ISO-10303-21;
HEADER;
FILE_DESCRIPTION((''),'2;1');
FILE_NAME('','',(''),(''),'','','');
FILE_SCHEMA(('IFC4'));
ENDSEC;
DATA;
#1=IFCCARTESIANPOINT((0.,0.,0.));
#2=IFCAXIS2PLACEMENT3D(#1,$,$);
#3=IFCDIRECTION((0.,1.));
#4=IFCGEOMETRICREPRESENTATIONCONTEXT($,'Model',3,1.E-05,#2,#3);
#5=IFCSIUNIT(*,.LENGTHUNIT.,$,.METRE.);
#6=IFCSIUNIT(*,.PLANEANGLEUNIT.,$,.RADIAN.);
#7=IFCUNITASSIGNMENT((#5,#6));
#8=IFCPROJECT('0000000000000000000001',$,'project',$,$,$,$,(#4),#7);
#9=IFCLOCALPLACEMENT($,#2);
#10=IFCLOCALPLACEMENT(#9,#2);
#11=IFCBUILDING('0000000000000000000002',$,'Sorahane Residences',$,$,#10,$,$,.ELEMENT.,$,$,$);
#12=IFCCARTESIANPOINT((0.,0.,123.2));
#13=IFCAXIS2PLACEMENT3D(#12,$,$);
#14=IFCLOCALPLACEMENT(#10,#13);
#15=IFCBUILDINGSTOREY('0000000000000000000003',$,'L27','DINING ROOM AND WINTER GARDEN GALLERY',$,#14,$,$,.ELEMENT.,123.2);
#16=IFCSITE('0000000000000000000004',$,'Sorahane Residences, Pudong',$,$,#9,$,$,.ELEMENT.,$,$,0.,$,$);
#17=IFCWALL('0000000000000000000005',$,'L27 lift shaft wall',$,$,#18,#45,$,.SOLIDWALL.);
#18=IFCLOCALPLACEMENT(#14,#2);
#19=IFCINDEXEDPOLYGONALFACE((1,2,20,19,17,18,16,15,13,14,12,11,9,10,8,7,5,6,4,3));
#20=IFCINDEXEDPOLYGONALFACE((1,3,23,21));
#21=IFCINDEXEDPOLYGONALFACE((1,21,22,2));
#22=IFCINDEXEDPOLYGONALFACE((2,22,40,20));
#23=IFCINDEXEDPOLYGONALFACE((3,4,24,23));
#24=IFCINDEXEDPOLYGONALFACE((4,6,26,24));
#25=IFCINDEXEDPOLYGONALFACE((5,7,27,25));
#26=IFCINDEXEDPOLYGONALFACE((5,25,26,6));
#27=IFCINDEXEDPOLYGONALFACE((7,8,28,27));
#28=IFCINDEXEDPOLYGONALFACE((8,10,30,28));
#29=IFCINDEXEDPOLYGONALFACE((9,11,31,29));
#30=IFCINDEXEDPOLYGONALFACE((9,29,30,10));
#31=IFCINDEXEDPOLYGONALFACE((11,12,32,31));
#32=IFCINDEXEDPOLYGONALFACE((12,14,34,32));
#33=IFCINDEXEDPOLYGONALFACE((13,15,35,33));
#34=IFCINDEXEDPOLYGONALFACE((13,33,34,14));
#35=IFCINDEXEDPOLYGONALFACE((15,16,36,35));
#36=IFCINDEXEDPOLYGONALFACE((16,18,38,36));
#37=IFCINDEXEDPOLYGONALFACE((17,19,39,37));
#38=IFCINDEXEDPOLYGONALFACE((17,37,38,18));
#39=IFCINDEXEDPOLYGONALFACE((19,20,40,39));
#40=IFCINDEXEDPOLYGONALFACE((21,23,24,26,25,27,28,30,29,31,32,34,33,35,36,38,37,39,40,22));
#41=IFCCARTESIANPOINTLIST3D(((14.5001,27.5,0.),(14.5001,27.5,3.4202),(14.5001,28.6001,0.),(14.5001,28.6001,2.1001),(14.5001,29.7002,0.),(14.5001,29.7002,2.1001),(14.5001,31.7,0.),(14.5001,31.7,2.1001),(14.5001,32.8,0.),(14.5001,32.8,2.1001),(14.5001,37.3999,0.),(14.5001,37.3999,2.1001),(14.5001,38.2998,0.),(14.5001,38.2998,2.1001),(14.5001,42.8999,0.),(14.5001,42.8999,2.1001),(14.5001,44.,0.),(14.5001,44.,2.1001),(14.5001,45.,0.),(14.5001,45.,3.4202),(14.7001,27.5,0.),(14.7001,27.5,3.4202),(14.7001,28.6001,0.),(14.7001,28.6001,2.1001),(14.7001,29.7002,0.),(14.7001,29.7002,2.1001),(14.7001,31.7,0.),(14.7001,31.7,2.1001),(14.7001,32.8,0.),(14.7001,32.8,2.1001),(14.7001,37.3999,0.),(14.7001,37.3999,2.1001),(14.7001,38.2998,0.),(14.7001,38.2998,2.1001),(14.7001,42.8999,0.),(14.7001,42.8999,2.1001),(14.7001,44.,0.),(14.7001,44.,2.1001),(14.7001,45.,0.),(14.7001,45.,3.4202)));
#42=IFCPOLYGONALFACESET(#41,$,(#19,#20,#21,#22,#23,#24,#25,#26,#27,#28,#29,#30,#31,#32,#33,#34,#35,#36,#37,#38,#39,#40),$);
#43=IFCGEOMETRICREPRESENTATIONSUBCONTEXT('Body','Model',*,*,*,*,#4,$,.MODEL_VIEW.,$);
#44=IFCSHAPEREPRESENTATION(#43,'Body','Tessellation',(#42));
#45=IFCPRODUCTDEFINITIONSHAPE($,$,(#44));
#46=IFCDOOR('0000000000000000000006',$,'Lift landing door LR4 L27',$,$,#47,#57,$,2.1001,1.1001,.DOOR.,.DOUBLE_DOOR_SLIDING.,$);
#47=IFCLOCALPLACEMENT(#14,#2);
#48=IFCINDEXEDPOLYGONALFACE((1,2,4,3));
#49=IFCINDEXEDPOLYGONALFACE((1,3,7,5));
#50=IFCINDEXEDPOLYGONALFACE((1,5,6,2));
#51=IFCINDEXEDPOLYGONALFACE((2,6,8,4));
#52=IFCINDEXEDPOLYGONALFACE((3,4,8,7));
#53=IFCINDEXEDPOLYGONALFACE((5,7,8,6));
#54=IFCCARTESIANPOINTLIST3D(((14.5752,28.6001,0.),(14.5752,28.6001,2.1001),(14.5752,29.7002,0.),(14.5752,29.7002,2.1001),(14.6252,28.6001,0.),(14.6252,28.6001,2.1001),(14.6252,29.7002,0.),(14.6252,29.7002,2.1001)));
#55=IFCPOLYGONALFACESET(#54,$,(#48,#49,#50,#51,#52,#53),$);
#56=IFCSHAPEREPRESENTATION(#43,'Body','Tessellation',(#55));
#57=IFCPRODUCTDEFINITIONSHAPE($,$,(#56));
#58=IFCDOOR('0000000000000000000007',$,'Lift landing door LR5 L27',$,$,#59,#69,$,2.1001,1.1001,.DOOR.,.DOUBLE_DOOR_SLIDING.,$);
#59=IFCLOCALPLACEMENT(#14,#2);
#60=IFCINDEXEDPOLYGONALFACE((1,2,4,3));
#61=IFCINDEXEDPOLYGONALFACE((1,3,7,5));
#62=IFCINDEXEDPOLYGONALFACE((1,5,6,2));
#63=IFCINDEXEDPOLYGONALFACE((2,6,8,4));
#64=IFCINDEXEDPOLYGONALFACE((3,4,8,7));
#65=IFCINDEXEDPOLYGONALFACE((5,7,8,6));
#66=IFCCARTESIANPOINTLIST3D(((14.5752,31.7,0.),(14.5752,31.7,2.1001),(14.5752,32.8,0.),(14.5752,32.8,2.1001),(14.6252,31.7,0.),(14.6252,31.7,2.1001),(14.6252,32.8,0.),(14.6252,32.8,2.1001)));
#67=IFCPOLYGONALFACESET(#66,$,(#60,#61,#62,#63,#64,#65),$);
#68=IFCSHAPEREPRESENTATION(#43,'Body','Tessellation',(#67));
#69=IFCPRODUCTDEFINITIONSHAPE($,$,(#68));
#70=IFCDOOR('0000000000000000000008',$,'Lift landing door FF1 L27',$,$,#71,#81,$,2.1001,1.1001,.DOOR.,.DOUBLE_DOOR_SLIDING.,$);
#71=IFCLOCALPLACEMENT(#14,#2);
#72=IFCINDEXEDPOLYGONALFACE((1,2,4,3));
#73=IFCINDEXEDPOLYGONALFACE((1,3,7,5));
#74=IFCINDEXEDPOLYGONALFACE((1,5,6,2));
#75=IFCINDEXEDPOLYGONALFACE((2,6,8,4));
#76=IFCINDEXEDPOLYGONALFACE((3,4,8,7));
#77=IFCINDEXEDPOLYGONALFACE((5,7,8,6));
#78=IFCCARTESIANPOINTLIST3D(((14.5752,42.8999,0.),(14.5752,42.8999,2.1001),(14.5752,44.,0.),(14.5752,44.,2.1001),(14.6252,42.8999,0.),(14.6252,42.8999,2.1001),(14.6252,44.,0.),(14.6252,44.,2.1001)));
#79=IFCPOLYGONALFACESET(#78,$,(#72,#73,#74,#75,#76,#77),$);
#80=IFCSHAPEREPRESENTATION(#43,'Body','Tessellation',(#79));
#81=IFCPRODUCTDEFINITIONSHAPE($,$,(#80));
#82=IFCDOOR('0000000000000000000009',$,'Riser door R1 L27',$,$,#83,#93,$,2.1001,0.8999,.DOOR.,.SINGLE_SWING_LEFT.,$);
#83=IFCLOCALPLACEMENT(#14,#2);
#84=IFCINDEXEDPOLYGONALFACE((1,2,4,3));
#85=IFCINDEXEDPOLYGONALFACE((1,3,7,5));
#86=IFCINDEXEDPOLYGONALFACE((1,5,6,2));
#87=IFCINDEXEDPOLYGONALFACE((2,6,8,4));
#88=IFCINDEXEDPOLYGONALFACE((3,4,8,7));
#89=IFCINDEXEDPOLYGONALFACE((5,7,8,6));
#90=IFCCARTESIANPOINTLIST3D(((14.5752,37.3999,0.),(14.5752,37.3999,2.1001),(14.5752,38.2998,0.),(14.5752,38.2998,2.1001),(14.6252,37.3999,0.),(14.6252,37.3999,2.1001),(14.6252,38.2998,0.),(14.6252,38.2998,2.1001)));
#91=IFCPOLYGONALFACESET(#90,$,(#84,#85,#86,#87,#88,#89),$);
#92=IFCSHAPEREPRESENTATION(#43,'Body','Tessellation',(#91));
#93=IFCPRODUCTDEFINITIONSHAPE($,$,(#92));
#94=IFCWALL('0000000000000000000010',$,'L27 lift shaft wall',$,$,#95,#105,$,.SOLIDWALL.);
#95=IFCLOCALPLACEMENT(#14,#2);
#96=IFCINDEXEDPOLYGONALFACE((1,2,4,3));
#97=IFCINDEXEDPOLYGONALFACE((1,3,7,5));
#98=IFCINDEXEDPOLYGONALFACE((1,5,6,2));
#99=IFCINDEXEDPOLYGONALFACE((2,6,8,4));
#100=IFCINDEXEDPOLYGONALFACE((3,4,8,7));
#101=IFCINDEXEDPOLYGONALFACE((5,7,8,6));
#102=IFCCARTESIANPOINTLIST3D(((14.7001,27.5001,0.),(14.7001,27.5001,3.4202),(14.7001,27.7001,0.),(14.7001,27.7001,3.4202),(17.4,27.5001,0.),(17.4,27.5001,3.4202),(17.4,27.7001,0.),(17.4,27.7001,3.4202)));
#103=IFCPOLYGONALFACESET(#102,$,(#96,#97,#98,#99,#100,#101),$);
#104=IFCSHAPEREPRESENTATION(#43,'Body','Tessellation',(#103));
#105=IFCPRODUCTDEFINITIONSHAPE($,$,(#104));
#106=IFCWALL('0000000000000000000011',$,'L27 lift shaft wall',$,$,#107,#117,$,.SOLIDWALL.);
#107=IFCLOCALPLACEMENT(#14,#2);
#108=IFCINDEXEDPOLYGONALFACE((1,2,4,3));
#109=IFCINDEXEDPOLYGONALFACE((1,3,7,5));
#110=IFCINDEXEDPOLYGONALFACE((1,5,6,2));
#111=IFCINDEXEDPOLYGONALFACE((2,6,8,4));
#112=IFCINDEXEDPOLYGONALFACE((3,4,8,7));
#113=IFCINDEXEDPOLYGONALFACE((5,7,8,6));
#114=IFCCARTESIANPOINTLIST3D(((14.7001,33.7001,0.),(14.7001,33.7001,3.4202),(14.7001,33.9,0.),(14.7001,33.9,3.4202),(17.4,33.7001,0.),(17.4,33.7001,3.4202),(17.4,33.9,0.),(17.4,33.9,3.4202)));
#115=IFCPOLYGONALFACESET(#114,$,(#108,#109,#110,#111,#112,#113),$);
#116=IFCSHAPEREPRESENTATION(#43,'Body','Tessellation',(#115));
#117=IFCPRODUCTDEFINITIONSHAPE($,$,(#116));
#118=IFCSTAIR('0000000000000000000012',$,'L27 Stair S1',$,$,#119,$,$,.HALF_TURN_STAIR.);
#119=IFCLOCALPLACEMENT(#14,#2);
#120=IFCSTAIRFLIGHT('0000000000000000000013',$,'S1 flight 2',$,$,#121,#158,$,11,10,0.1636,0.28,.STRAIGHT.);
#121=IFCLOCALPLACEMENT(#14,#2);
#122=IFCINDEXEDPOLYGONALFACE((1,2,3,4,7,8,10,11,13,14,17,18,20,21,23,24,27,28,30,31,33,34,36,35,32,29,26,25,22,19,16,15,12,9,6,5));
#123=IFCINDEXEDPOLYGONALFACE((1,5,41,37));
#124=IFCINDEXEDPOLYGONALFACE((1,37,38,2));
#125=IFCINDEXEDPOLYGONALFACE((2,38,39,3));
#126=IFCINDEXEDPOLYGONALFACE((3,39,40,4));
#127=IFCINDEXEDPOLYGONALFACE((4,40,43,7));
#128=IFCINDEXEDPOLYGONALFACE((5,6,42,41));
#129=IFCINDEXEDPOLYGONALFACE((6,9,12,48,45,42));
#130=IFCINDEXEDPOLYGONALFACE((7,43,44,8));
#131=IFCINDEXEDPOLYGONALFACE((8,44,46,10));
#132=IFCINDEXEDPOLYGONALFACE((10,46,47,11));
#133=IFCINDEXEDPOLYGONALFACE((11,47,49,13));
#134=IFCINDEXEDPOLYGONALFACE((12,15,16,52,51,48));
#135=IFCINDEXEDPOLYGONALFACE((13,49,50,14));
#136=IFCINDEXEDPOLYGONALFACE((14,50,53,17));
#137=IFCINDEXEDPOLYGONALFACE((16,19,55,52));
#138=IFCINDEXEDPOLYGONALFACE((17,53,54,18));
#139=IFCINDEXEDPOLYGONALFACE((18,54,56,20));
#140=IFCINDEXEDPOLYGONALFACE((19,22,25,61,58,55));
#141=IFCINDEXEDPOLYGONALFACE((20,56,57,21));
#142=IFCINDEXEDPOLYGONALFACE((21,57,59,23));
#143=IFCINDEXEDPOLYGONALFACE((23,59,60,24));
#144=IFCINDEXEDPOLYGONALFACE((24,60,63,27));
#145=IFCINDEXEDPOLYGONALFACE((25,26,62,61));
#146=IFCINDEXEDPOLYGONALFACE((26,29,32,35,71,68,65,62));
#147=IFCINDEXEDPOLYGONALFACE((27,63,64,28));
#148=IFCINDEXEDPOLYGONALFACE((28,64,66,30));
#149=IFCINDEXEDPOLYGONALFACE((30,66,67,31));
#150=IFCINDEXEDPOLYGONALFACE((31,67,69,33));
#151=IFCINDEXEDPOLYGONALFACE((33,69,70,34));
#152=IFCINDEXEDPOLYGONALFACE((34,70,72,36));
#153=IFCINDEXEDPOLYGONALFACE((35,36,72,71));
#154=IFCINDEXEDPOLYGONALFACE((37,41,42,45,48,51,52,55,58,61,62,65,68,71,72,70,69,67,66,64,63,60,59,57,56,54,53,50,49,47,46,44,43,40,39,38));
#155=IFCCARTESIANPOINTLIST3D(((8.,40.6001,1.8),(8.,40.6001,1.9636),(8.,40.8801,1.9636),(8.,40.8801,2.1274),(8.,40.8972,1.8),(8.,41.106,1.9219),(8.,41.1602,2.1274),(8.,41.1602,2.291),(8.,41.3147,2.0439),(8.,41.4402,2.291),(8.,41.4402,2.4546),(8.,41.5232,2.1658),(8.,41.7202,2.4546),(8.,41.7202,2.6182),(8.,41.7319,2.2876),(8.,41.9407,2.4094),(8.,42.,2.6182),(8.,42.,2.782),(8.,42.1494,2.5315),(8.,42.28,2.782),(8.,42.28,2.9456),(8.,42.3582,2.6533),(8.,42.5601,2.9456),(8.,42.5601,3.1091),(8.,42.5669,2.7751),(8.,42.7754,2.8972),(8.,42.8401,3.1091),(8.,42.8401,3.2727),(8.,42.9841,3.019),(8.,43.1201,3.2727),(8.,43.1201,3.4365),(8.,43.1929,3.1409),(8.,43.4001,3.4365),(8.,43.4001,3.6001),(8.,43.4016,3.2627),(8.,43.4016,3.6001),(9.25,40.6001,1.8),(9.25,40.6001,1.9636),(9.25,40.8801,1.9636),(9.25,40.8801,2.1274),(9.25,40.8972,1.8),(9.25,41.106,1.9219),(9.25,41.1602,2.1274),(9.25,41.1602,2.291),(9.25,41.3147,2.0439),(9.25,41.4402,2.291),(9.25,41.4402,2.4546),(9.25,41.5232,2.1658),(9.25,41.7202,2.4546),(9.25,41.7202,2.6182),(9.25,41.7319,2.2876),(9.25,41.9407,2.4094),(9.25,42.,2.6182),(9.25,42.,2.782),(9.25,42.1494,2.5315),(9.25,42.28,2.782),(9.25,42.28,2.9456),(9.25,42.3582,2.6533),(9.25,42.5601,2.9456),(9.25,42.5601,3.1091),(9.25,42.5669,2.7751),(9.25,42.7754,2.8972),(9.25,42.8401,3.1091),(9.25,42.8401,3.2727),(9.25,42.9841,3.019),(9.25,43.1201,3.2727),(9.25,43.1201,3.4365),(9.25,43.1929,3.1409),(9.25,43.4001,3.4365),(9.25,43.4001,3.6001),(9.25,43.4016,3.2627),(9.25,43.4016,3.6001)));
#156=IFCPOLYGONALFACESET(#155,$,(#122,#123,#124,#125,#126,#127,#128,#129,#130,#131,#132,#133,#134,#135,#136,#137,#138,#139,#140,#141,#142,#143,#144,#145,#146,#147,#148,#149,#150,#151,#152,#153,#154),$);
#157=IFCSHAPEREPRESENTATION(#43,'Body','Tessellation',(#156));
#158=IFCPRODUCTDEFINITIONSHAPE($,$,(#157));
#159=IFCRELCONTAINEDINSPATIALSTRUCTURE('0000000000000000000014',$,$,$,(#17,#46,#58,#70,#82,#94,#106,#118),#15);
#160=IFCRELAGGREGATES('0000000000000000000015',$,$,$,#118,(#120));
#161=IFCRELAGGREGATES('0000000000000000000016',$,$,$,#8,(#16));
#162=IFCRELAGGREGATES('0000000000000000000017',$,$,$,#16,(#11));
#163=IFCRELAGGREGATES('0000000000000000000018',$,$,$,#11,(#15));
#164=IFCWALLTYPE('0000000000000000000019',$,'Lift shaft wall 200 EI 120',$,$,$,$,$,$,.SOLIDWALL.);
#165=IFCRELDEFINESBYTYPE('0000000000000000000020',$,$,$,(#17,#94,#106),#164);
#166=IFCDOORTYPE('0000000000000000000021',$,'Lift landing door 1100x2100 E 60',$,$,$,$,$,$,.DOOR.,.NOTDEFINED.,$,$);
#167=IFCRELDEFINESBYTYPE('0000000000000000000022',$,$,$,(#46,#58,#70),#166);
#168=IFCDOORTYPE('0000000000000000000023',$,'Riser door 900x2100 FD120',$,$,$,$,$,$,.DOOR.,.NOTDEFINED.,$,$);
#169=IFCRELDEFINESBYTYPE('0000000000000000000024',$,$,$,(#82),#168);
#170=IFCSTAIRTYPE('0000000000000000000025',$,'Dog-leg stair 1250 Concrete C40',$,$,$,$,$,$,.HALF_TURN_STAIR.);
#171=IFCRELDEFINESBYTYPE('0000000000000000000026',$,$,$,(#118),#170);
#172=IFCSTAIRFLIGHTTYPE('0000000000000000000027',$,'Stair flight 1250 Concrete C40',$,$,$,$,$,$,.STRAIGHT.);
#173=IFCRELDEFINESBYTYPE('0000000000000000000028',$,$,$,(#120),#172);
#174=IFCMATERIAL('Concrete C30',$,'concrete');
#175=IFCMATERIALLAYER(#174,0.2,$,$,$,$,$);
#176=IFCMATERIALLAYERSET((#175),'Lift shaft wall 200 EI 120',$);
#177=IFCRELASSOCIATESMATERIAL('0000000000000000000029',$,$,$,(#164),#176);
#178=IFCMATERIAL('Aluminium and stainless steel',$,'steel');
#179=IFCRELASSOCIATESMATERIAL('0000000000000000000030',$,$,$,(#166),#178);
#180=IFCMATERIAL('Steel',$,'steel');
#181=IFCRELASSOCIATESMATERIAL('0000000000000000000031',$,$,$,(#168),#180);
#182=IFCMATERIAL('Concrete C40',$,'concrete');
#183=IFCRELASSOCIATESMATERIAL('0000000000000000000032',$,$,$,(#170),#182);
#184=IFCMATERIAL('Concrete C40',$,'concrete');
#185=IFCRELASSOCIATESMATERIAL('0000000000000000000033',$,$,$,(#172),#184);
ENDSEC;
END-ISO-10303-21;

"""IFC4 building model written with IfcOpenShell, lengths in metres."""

from ifc_helpers import new_model, si_unit, direction, frame, frame_2d, origin, place, context, subcontext, project, spatial, polyline, rectangle, outline, extrude, material, layer, layer_set, type_object, element, fill, aggregate, save


model = new_model("IFC4")

# Units and contexts
model_context = context("Model", 3, precision=1e-05, world=origin(), true_north=direction((0.0, 1.0)))
body_context = subcontext(model_context, "Body", "Model", "MODEL_VIEW")
ifc_project = project(units=[si_unit("LENGTHUNIT", "METRE"), si_unit("PLANEANGLEUNIT", "RADIAN")], contexts=[model_context])

# Site, building, storey
site_placement = place(None, origin())
site = spatial("IfcSite", under=ifc_project, at=site_placement, Name="Sorahane Residences, Pudong", CompositionType="ELEMENT", RefElevation=0.0)
building_placement = place(site_placement, origin())
building = spatial("IfcBuilding", under=site, at=building_placement, Name="Sorahane Residences", CompositionType="ELEMENT")
storey_placement = place(building_placement, frame((0.0, 0.0, 123.2)))
storey = spatial("IfcBuildingStorey", under=building, at=storey_placement, Name="L27", Description="DINING ROOM AND WINTER GARDEN GALLERY", CompositionType="ELEMENT", Elevation=123.2)

# Wall, openings, doors
ifc_material_1 = material(Name="Concrete C30", Category="concrete")
ifc_layer_1 = layer(ifc_material_1, 0.2)
ifc_layer_set_1 = layer_set([ifc_layer_1], Name="Lift shaft wall 200 EI 120")
wall_type_1 = type_object("IfcWallType", Name="Lift shaft wall 200 EI 120", PredefinedType="SOLIDWALL", material=ifc_layer_set_1)
wall_1_placement = place(storey_placement, frame((14.6001, 27.5, 0.0), z_axis=(0.0, 0.0, 1.0), x_axis=(0.0, 1.0, 0.0)))
wall_1 = element("IfcWall", 1, at=wall_1_placement, inside=storey, type_object=wall_type_1, Name="L27 lift shaft wall", PredefinedType="SOLIDWALL", context=body_context, shape_type="SweptSolid", body=[
    extrude(rectangle(XDim=17.5, YDim=0.2, at=frame_2d((8.75, 0.0))), origin(), (0.0, 0.0, 1.0), 3.4202),
])
opening_1_placement = place(wall_1_placement, frame((1.1001, 0.0, 0.0)))
opening_1 = element("IfcOpeningElement", 2, at=opening_1_placement, cuts=wall_1, PredefinedType="OPENING", context=body_context, shape_type="SweptSolid", body=[
    extrude(rectangle(XDim=1.1001, YDim=2.1001, at=frame_2d((0.55, 1.05))), frame((0.0, 0.1099, 0.0), z_axis=(0.0, -1.0, 0.0), x_axis=(1.0, 0.0, 0.0)), (0.0, 0.0, 1.0), 0.22),
])
opening_2_placement = place(wall_1_placement, frame((4.2, 0.0, 0.0)))
opening_2 = element("IfcOpeningElement", 3, at=opening_2_placement, cuts=wall_1, PredefinedType="OPENING", context=body_context, shape_type="SweptSolid", body=[
    extrude(rectangle(XDim=1.1001, YDim=2.1001, at=frame_2d((0.55, 1.05))), frame((0.0, 0.1099, 0.0), z_axis=(0.0, -1.0, 0.0), x_axis=(1.0, 0.0, 0.0)), (0.0, 0.0, 1.0), 0.22),
])
opening_3_placement = place(wall_1_placement, frame((15.3999, 0.0, 0.0)))
opening_3 = element("IfcOpeningElement", 4, at=opening_3_placement, cuts=wall_1, PredefinedType="OPENING", context=body_context, shape_type="SweptSolid", body=[
    extrude(rectangle(XDim=1.1001, YDim=2.1001, at=frame_2d((0.55, 1.05))), frame((0.0, 0.1099, 0.0), z_axis=(0.0, -1.0, 0.0), x_axis=(1.0, 0.0, 0.0)), (0.0, 0.0, 1.0), 0.22),
])
opening_4_placement = place(wall_1_placement, frame((9.8999, 0.0, 0.0)))
opening_4 = element("IfcOpeningElement", 5, at=opening_4_placement, cuts=wall_1, PredefinedType="OPENING", context=body_context, shape_type="SweptSolid", body=[
    extrude(rectangle(XDim=0.8999, YDim=2.1001, at=frame_2d((0.45, 1.05))), frame((0.0, 0.1099, 0.0), z_axis=(0.0, -1.0, 0.0), x_axis=(1.0, 0.0, 0.0)), (0.0, 0.0, 1.0), 0.22),
])
ifc_material_2 = material(Name="Aluminium and stainless steel", Category="steel")
door_type_1 = type_object("IfcDoorType", Name="Lift landing door 1100x2100 E 60", OperationType="NOTDEFINED", PredefinedType="DOOR", material=ifc_material_2)
door_1_placement = place(opening_1_placement, origin())
door_1 = element("IfcDoor", 6, at=door_1_placement, inside=storey, type_object=door_type_1, Name="Lift landing door LR4 L27", OperationType="DOUBLE_DOOR_SLIDING", OverallHeight=2.1001, OverallWidth=1.1001, PredefinedType="DOOR", context=body_context, shape_type="SweptSolid", body=[
    extrude(rectangle(XDim=1.1001, YDim=2.1001, at=frame_2d((0.55, 1.05))), frame((0.0, 0.0249, 0.0), z_axis=(0.0, -1.0, 0.0), x_axis=(1.0, 0.0, 0.0)), (0.0, 0.0, 1.0), 0.05),
])
fill(opening_1, door_1)
door_2_placement = place(opening_2_placement, origin())
door_2 = element("IfcDoor", 7, at=door_2_placement, inside=storey, type_object=door_type_1, Name="Lift landing door LR5 L27", OperationType="DOUBLE_DOOR_SLIDING", OverallHeight=2.1001, OverallWidth=1.1001, PredefinedType="DOOR", context=body_context, shape_type="SweptSolid", body=[
    extrude(rectangle(XDim=1.1001, YDim=2.1001, at=frame_2d((0.55, 1.05))), frame((0.0, 0.0249, 0.0), z_axis=(0.0, -1.0, 0.0), x_axis=(1.0, 0.0, 0.0)), (0.0, 0.0, 1.0), 0.05),
])
fill(opening_2, door_2)
door_3_placement = place(opening_3_placement, origin())
door_3 = element("IfcDoor", 8, at=door_3_placement, inside=storey, type_object=door_type_1, Name="Lift landing door FF1 L27", OperationType="DOUBLE_DOOR_SLIDING", OverallHeight=2.1001, OverallWidth=1.1001, PredefinedType="DOOR", context=body_context, shape_type="SweptSolid", body=[
    extrude(rectangle(XDim=1.1001, YDim=2.1001, at=frame_2d((0.55, 1.05))), frame((0.0, 0.0249, 0.0), z_axis=(0.0, -1.0, 0.0), x_axis=(1.0, 0.0, 0.0)), (0.0, 0.0, 1.0), 0.05),
])
fill(opening_3, door_3)
ifc_material_3 = material(Name="Steel", Category="steel")
door_type_2 = type_object("IfcDoorType", Name="Riser door 900x2100 FD120", OperationType="NOTDEFINED", PredefinedType="DOOR", material=ifc_material_3)
door_4_placement = place(opening_4_placement, origin())
door_4 = element("IfcDoor", 9, at=door_4_placement, inside=storey, type_object=door_type_2, Name="Riser door R1 L27", OperationType="SINGLE_SWING_LEFT", OverallHeight=2.1001, OverallWidth=0.8999, PredefinedType="DOOR", context=body_context, shape_type="SweptSolid", body=[
    extrude(rectangle(XDim=0.8999, YDim=2.1001, at=frame_2d((0.45, 1.05))), frame((0.0, 0.0249, 0.0), z_axis=(0.0, -1.0, 0.0), x_axis=(1.0, 0.0, 0.0)), (0.0, 0.0, 1.0), 0.05),
])
fill(opening_4, door_4)

# Walls
for number, where, z_axis, x_axis, name in (
    (10, (14.7, 27.6001, 0.0), (0.0, 0.0, 1.0), (1.0, 0.0, 0.0), "L27 lift shaft wall"),
    (11, (14.7, 33.8, 0.0), (0.0, 0.0, 1.0), (1.0, 0.0, 0.0), "L27 lift shaft wall"),
):
    element("IfcWall", number, at=place(storey_placement, frame(where, z_axis=z_axis, x_axis=x_axis)), inside=storey, type_object=wall_type_1, Name=name, PredefinedType="SOLIDWALL", context=body_context, shape_type="SweptSolid", body=[
        extrude(rectangle(XDim=2.7, YDim=0.2, at=frame_2d((1.3501, 0.0))), origin(), (0.0, 0.0, 1.0), 3.4202),
    ])

# Stair, stair flight
ifc_material_4 = material(Name="Concrete C40", Category="concrete")
stair_type = type_object("IfcStairType", Name="Dog-leg stair 1250 Concrete C40", PredefinedType="HALF_TURN_STAIR", material=ifc_material_4)
stair_1_placement = place(storey_placement, origin())
stair_1 = element("IfcStair", 12, at=stair_1_placement, inside=storey, type_object=stair_type, Name="L27 Stair S1", PredefinedType="HALF_TURN_STAIR")
ifc_material_5 = material(Name="Concrete C40", Category="concrete")
stair_flight_type = type_object("IfcStairFlightType", Name="Stair flight 1250 Concrete C40", PredefinedType="STRAIGHT", material=ifc_material_5)
stair_flight_1_placement = place(storey_placement, frame((8.625, 40.6001, 1.8), z_axis=(0.0, 0.0, 1.0), x_axis=(0.0, 1.0, 0.0)))
stair_flight_1 = element("IfcStairFlight", 13, at=stair_flight_1_placement, type_object=stair_flight_type, Name="S1 flight 2", NumberOfRisers=11, NumberOfTreads=10, PredefinedType="STRAIGHT", RiserHeight=0.1636, TreadLength=0.28, context=body_context, shape_type="SweptSolid", body=[
    extrude(outline(polyline([(0.0, 0.0), (0.0, 0.1636), (0.28, 0.1636), (0.28, 0.3274), (0.5601, 0.3274), (0.5601, 0.491), (0.8401, 0.491), (0.8401, 0.6545), (1.1201, 0.6545), (1.1201, 0.8181), (1.3999, 0.8181), (1.3999, 0.9819), (1.6799, 0.9819), (1.6799, 1.1455), (1.96, 1.1455), (1.96, 1.3091), (2.24, 1.3091), (2.24, 1.4727), (2.52, 1.4727), (2.52, 1.6365), (2.8, 1.6365), (2.8, 1.8), (2.8015, 1.8), (2.8015, 1.4626), (2.5928, 1.3408), (2.384, 1.219), (2.1753, 1.0972), (1.9668, 0.9751), (1.7581, 0.8533), (1.5493, 0.7314), (1.3406, 0.6094), (1.1318, 0.4875), (0.9231, 0.3657), (0.7146, 0.2439), (0.5059, 0.1218), (0.2971, 0.0), (0.0, 0.0)])), frame((0.0, 0.625, 0.0), z_axis=(0.0, -1.0, 0.0), x_axis=(1.0, 0.0, 0.0)), (0.0, 0.0, 1.0), 1.25),
])
aggregate(stair_1, [stair_flight_1])

save(model, "model.ifc")
